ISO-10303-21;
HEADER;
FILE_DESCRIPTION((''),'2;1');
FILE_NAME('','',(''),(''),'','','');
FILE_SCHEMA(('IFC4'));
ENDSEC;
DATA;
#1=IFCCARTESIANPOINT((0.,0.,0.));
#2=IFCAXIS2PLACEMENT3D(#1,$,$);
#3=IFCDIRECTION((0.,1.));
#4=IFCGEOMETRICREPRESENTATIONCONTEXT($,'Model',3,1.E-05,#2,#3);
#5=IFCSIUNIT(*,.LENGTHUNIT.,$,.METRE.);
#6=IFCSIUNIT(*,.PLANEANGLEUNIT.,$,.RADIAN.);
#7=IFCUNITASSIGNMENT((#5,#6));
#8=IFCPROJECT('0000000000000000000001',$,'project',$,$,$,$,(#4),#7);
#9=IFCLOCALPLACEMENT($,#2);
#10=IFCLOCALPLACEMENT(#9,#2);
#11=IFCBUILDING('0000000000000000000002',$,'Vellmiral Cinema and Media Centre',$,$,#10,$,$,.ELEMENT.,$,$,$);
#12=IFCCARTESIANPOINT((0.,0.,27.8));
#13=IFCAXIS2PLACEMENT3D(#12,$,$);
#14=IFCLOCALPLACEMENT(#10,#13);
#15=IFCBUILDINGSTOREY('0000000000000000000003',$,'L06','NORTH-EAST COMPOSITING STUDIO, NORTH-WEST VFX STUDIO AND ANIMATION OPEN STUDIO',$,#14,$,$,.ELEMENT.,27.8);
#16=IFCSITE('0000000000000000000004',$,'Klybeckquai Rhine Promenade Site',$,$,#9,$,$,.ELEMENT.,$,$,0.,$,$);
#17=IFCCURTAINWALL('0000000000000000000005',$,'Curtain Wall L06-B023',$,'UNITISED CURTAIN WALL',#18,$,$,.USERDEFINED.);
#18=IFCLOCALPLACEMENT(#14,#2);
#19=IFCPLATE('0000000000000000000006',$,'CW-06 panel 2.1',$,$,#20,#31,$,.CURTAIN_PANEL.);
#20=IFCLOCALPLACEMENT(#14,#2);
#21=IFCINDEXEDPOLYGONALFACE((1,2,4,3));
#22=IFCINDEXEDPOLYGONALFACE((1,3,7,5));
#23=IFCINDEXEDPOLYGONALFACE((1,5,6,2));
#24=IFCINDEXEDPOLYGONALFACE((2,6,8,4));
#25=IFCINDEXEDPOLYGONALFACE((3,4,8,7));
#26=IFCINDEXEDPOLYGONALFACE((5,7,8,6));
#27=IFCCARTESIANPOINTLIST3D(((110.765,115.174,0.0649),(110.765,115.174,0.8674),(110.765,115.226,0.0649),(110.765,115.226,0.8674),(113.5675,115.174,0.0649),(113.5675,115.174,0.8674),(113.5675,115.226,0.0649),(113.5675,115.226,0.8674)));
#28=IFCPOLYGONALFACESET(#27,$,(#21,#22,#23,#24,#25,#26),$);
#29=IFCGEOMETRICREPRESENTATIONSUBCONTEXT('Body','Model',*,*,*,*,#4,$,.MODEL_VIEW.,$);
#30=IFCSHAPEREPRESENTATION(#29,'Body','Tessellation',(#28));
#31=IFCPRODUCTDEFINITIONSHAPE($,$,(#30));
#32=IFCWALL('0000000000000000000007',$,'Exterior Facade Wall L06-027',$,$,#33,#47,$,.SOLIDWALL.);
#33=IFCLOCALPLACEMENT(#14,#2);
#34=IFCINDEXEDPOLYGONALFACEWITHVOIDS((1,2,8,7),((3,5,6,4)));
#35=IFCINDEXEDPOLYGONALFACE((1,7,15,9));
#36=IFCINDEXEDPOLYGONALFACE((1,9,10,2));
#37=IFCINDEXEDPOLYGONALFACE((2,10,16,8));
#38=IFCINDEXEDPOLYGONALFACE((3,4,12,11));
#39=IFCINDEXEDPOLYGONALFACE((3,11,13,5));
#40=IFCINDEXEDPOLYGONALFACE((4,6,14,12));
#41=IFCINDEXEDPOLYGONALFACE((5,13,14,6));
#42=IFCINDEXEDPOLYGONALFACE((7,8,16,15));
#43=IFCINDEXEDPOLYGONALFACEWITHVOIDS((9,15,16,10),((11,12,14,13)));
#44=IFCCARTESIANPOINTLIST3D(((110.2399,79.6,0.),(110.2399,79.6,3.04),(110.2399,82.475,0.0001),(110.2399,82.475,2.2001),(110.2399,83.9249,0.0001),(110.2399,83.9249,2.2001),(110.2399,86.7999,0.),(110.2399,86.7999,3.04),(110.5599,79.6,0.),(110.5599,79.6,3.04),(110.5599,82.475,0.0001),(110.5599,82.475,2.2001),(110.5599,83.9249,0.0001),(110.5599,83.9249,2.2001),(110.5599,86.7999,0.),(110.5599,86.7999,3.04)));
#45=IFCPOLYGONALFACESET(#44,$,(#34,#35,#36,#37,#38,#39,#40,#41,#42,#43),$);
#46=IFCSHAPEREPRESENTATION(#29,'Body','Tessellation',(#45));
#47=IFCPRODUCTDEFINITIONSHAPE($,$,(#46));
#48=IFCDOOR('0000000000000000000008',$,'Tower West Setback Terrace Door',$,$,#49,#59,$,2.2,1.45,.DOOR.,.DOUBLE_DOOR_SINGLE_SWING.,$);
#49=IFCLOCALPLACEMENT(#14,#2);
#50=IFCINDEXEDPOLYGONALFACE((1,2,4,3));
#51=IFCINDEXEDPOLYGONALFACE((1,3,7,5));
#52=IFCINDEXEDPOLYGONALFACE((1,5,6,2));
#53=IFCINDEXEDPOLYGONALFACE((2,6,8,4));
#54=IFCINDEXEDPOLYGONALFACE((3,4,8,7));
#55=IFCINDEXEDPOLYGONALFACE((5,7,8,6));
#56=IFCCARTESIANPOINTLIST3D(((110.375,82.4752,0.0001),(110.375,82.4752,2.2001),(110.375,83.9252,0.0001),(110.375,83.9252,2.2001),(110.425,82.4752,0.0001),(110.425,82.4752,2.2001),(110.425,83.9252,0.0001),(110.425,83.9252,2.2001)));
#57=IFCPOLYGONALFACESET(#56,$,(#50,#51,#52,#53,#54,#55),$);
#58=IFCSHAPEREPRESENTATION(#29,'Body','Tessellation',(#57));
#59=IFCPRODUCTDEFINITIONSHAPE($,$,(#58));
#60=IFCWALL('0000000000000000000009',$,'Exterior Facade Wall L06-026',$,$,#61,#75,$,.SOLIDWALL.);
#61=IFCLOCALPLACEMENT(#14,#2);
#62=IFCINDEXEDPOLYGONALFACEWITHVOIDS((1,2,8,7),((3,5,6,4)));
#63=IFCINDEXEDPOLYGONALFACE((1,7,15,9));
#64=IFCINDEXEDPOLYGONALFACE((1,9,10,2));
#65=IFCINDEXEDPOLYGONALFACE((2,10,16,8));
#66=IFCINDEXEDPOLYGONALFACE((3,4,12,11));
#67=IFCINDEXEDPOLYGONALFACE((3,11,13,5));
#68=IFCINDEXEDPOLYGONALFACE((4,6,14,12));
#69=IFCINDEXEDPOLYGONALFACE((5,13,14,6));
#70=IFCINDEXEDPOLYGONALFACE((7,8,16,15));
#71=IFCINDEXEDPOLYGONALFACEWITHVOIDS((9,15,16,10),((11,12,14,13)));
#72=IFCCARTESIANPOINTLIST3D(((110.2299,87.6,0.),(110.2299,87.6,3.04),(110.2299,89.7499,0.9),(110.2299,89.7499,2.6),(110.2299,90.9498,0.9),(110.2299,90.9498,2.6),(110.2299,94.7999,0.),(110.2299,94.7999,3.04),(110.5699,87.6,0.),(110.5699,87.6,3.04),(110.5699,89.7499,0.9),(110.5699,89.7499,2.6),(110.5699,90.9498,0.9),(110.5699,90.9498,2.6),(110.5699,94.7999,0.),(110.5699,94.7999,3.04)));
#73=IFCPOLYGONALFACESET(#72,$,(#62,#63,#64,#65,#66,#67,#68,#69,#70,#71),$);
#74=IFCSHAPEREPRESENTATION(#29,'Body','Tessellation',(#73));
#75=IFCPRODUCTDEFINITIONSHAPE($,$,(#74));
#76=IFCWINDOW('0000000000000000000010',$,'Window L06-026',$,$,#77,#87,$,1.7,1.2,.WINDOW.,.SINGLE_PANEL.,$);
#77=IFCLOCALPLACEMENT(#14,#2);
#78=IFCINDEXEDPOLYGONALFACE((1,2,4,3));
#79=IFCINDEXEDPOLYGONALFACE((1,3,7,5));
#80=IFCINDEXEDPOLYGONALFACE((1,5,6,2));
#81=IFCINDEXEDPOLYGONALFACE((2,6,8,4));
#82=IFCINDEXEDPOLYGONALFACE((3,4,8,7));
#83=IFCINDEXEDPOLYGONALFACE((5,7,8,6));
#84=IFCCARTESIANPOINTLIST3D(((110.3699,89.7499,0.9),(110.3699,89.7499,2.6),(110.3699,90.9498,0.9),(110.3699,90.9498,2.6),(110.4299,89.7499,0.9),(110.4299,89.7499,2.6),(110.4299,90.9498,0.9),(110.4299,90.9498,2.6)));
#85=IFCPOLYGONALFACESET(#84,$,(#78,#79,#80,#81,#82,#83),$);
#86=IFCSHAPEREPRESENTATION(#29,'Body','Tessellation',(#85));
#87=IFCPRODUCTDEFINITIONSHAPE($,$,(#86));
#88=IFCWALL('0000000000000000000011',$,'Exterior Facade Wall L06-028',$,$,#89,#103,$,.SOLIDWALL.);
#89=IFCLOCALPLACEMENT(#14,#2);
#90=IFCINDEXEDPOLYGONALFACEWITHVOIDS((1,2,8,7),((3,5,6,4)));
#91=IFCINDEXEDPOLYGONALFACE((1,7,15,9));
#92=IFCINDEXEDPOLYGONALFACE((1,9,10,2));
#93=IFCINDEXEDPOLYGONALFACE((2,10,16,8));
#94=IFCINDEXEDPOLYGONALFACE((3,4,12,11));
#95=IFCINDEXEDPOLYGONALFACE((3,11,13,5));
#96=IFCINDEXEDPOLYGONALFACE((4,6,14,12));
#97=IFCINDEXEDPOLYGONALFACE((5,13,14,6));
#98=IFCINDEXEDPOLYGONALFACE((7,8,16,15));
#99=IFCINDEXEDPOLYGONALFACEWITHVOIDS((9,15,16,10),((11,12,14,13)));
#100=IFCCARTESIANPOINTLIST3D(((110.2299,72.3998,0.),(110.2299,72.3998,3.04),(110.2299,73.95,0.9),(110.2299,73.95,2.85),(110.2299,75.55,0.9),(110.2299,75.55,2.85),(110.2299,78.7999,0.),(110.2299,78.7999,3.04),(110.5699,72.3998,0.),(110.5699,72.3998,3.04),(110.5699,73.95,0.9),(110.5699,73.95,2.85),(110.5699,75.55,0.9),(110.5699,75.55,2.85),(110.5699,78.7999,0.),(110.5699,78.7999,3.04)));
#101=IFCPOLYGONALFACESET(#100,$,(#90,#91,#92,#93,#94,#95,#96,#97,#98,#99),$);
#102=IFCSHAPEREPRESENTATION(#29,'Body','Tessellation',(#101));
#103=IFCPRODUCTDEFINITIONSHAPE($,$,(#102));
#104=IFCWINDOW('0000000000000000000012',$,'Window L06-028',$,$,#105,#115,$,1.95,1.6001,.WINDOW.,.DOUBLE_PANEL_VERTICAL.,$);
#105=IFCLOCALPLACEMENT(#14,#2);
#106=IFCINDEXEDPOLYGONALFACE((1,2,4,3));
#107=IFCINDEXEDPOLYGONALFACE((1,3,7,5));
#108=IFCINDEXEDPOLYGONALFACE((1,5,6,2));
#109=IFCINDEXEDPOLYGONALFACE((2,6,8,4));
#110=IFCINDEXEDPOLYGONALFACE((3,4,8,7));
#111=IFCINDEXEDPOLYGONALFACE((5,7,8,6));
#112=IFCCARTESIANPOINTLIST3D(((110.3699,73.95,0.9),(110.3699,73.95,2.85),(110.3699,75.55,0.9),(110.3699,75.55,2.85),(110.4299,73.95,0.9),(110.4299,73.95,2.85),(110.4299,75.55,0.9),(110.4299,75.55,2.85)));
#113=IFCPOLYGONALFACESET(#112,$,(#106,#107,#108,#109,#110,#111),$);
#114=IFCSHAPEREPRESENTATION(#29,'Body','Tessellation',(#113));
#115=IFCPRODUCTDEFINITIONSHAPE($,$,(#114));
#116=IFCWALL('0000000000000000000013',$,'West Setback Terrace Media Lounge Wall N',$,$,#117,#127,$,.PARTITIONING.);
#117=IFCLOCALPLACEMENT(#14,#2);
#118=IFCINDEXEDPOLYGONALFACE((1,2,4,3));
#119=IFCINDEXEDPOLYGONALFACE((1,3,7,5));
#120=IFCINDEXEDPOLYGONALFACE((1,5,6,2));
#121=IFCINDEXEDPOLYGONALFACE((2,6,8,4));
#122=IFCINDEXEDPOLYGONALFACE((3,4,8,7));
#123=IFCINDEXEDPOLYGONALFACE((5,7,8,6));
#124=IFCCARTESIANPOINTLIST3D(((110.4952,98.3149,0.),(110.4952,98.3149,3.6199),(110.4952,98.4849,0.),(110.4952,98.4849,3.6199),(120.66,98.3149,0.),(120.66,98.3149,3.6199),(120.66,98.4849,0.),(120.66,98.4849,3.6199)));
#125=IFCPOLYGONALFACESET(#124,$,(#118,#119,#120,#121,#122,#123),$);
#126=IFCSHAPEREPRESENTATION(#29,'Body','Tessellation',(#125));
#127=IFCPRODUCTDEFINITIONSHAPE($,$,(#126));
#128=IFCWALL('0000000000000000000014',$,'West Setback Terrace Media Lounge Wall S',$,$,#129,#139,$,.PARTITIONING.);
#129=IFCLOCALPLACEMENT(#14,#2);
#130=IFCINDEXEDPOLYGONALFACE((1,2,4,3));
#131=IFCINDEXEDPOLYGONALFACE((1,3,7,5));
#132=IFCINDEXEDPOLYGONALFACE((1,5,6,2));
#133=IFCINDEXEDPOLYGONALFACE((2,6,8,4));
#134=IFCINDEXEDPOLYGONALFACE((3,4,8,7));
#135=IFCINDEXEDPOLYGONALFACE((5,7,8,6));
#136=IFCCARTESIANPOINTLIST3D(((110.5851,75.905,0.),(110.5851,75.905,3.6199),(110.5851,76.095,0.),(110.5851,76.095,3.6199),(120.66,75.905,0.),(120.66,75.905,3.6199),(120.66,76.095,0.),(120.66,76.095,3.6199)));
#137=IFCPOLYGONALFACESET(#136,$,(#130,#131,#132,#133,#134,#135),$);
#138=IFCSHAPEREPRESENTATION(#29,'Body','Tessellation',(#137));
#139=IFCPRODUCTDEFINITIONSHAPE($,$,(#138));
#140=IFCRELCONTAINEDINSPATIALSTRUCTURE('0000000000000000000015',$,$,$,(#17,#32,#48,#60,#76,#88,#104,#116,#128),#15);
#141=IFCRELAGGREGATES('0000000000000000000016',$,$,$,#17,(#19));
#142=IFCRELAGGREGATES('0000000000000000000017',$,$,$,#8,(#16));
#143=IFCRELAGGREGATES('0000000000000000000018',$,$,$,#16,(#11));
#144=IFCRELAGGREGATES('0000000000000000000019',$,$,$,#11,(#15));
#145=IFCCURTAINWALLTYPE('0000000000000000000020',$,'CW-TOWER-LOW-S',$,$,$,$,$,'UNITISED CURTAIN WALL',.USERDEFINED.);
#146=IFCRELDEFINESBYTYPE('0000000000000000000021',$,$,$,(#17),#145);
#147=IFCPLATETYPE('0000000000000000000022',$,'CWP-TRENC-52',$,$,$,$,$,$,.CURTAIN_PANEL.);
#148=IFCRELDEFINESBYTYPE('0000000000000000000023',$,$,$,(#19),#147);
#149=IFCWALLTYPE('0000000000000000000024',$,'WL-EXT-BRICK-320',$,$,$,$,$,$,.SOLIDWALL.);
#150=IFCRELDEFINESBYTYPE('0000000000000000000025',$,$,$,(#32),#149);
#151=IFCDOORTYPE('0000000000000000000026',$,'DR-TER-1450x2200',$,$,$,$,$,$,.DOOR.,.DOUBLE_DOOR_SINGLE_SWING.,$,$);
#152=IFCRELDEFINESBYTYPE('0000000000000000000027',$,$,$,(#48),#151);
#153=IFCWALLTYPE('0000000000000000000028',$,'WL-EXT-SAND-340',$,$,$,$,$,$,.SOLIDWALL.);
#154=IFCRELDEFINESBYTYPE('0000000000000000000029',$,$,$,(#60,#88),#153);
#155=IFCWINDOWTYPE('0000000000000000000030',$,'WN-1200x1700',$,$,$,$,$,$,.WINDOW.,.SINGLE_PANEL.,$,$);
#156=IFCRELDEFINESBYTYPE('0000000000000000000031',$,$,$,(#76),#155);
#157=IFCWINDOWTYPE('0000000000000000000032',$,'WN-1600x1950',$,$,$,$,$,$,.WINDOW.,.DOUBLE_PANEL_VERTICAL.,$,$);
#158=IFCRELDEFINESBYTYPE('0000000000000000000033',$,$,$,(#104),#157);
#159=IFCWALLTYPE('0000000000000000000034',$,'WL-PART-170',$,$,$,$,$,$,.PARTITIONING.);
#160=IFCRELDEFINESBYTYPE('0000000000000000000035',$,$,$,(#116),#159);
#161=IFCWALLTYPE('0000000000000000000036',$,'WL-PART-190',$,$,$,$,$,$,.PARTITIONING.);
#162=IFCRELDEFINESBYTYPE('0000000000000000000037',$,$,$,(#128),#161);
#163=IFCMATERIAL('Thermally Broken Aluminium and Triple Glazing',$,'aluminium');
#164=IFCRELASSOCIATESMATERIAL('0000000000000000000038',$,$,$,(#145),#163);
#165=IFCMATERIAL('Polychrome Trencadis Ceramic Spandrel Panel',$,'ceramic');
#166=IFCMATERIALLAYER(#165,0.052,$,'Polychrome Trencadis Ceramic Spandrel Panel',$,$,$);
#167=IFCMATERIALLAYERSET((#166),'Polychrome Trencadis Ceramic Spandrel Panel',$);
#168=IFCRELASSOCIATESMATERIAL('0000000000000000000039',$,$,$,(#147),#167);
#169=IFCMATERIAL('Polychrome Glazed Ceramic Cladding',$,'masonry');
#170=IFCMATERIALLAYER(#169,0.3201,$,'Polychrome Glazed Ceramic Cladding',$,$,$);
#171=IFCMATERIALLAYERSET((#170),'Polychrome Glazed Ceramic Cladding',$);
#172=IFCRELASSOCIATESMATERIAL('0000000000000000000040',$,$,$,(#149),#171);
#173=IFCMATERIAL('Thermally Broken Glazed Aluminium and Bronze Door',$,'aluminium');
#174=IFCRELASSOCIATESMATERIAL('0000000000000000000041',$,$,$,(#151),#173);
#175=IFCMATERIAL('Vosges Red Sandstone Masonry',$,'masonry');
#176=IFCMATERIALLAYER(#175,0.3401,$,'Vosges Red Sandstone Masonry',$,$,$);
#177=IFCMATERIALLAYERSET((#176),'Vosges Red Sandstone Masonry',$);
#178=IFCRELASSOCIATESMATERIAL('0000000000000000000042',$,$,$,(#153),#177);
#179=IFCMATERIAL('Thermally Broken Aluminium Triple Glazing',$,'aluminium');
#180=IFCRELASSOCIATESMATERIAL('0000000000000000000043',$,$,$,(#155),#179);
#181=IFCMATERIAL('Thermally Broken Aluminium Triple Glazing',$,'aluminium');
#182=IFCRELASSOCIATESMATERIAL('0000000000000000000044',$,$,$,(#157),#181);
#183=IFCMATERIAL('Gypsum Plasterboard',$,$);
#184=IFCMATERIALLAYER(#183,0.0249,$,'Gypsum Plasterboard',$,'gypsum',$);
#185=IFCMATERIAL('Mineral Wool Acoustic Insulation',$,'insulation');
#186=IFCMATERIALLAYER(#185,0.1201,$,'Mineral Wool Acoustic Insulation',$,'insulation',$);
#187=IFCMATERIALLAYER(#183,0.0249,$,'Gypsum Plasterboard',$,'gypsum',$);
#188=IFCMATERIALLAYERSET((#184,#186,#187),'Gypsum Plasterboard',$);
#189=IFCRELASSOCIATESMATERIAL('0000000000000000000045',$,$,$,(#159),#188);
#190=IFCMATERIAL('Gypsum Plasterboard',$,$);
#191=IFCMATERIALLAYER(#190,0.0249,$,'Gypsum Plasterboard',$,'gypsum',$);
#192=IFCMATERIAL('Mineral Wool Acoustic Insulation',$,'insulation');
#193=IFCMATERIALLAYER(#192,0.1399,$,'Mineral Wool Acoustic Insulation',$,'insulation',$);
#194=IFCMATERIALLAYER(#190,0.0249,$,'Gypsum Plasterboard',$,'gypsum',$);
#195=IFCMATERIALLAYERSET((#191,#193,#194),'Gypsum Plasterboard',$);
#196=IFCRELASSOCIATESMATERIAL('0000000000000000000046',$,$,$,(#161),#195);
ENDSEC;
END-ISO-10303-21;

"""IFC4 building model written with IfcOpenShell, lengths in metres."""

from ifc_helpers import new_model, si_unit, direction, frame, frame_2d, origin, origin_2d, place, context, subcontext, project, spatial, rectangle, extrude, material, layer, layer_set, type_object, element, fill, aggregate, save


model = new_model("IFC4")

# Units and contexts
model_context = context("Model", 3, precision=1e-05, world=origin(), true_north=direction((0.0, 1.0)))
body_context = subcontext(model_context, "Body", "Model", "MODEL_VIEW")
ifc_project = project(units=[si_unit("LENGTHUNIT", "METRE"), si_unit("PLANEANGLEUNIT", "RADIAN")], contexts=[model_context])

# Site, building, storey
site_placement = place(None, origin())
site = spatial("IfcSite", under=ifc_project, at=site_placement, Name="Klybeckquai Rhine Promenade Site", CompositionType="ELEMENT", RefElevation=0.0)
building_placement = place(site_placement, origin())
building = spatial("IfcBuilding", under=site, at=building_placement, Name="Vellmiral Cinema and Media Centre", CompositionType="ELEMENT")
storey_placement = place(building_placement, frame((0.0, 0.0, 27.8)))
storey = spatial("IfcBuildingStorey", under=building, at=storey_placement, Name="L06", Description="NORTH-EAST COMPOSITING STUDIO, NORTH-WEST VFX STUDIO AND ANIMATION OPEN STUDIO", CompositionType="ELEMENT", Elevation=27.8)

# Curtain wall
ifc_material_1 = material(Name="Thermally Broken Aluminium and Triple Glazing", Category="aluminium")
curtain_wall_type = type_object("IfcCurtainWallType", Name="CW-TOWER-LOW-S", ElementType="UNITISED CURTAIN WALL", PredefinedType="USERDEFINED", material=ifc_material_1)
curtain_wall_placement = place(storey_placement, origin())
curtain_wall = element("IfcCurtainWall", 1, at=curtain_wall_placement, inside=storey, type_object=curtain_wall_type, Name="Curtain Wall L06-B023", ObjectType="UNITISED CURTAIN WALL", PredefinedType="USERDEFINED")

# Plate
ifc_material_2 = material(Name="Polychrome Trencadis Ceramic Spandrel Panel", Category="ceramic")
ifc_layer_1 = layer(ifc_material_2, 0.052, Name="Polychrome Trencadis Ceramic Spandrel Panel")
ifc_layer_set_1 = layer_set([ifc_layer_1], Name="Polychrome Trencadis Ceramic Spandrel Panel")
plate_type_1 = type_object("IfcPlateType", Name="CWP-TRENC-52", PredefinedType="CURTAIN_PANEL", material=ifc_layer_set_1)
plate_1_placement = place(storey_placement, frame((112.1663, 115.2, 0.0649), z_axis=(0.0, 0.0, 1.0), x_axis=(-1.0, 0.0, 0.0)))
plate_1 = element("IfcPlate", 2, at=plate_1_placement, type_object=plate_type_1, Name="CW-06 panel 2.1", PredefinedType="CURTAIN_PANEL", context=body_context, shape_type="SweptSolid", body=[
    extrude(rectangle(XDim=2.8025, YDim=0.052, at=origin_2d()), origin(), (0.0, 0.0, 1.0), 0.8025),
])
aggregate(curtain_wall, [plate_1])

# Wall, opening, door
ifc_material_3 = material(Name="Polychrome Glazed Ceramic Cladding", Category="masonry")
ifc_layer_2 = layer(ifc_material_3, 0.3201, Name="Polychrome Glazed Ceramic Cladding")
ifc_layer_set_2 = layer_set([ifc_layer_2], Name="Polychrome Glazed Ceramic Cladding")
wall_type_1 = type_object("IfcWallType", Name="WL-EXT-BRICK-320", PredefinedType="SOLIDWALL", material=ifc_layer_set_2)
wall_1_placement = place(storey_placement, frame((110.3999, 86.8, 0.0), z_axis=(0.0, 0.0, 1.0), x_axis=(0.0, -1.0, 0.0)))
wall_1 = element("IfcWall", 3, at=wall_1_placement, inside=storey, type_object=wall_type_1, Name="Exterior Facade Wall L06-027", PredefinedType="SOLIDWALL", context=body_context, shape_type="SweptSolid", body=[
    extrude(rectangle(XDim=7.2, YDim=0.3201, at=frame_2d((3.6001, 0.0))), origin(), (0.0, 0.0, 1.0), 3.04),
])
opening_1_placement = place(wall_1_placement, frame((2.875, 0.0, 0.0)))
opening_1 = element("IfcOpeningElement", 4, at=opening_1_placement, cuts=wall_1, PredefinedType="OPENING", context=body_context, shape_type="SweptSolid", body=[
    extrude(rectangle(XDim=1.45, YDim=2.2, at=frame_2d((0.7251, 1.1001))), frame((0.0, 0.1719, 0.0), z_axis=(0.0, -1.0, 0.0), x_axis=(1.0, 0.0, 0.0)), (0.0, 0.0, 1.0), 0.344),
])
ifc_material_4 = material(Name="Thermally Broken Glazed Aluminium and Bronze Door", Category="aluminium")
door_type = type_object("IfcDoorType", Name="DR-TER-1450x2200", OperationType="DOUBLE_DOOR_SINGLE_SWING", PredefinedType="DOOR", material=ifc_material_4)
door_placement = place(opening_1_placement, frame((1.45, 0.0, 0.0), z_axis=(0.0, 0.0, 1.0), x_axis=(-1.0, 0.0, 0.0)))
door = element("IfcDoor", 5, at=door_placement, inside=storey, type_object=door_type, Name="Tower West Setback Terrace Door", OperationType="DOUBLE_DOOR_SINGLE_SWING", OverallHeight=2.2, OverallWidth=1.45, PredefinedType="DOOR", context=body_context, shape_type="SweptSolid", body=[
    extrude(rectangle(XDim=1.45, YDim=2.2, at=frame_2d((0.7251, 1.1001))), frame((0.0, 0.0249, 0.0), z_axis=(0.0, -1.0, 0.0), x_axis=(1.0, 0.0, 0.0)), (0.0, 0.0, 1.0), 0.05),
])
fill(opening_1, door)

# Walls, openings, windows
ifc_material_5 = material(Name="Vosges Red Sandstone Masonry", Category="masonry")
ifc_layer_3 = layer(ifc_material_5, 0.3401, Name="Vosges Red Sandstone Masonry")
ifc_layer_set_3 = layer_set([ifc_layer_3], Name="Vosges Red Sandstone Masonry")
wall_type_2 = type_object("IfcWallType", Name="WL-EXT-SAND-340", PredefinedType="SOLIDWALL", material=ifc_layer_set_3)
wall_2_placement = place(storey_placement, frame((110.3999, 94.8, 0.0), z_axis=(0.0, 0.0, 1.0), x_axis=(0.0, -1.0, 0.0)))
wall_2 = element("IfcWall", 6, at=wall_2_placement, inside=storey, type_object=wall_type_2, Name="Exterior Facade Wall L06-026", PredefinedType="SOLIDWALL", context=body_context, shape_type="SweptSolid", body=[
    extrude(rectangle(XDim=7.2, YDim=0.3401, at=frame_2d((3.6001, 0.0))), origin(), (0.0, 0.0, 1.0), 3.04),
])
opening_2_placement = place(wall_2_placement, frame((3.8501, 0.0, 0.8999)))
opening_2 = element("IfcOpeningElement", 7, at=opening_2_placement, cuts=wall_2, PredefinedType="OPENING", context=body_context, shape_type="SweptSolid", body=[
    extrude(rectangle(XDim=1.2, YDim=1.7, at=frame_2d((0.6001, 0.8501))), frame((0.0, 0.1821, 0.0), z_axis=(0.0, -1.0, 0.0), x_axis=(1.0, 0.0, 0.0)), (0.0, 0.0, 1.0), 0.364),
])
ifc_material_6 = material(Name="Thermally Broken Aluminium Triple Glazing", Category="aluminium")
window_type_1 = type_object("IfcWindowType", Name="WN-1200x1700", PartitioningType="SINGLE_PANEL", PredefinedType="WINDOW", material=ifc_material_6)
window_1_placement = place(opening_2_placement, origin())
window_1 = element("IfcWindow", 8, at=window_1_placement, inside=storey, type_object=window_type_1, Name="Window L06-026", OverallHeight=1.7, OverallWidth=1.2, PartitioningType="SINGLE_PANEL", PredefinedType="WINDOW", context=body_context, shape_type="SweptSolid", body=[
    extrude(rectangle(XDim=1.2, YDim=1.7, at=frame_2d((0.6001, 0.8501))), frame((0.0, 0.03, 0.0), z_axis=(0.0, -1.0, 0.0), x_axis=(1.0, 0.0, 0.0)), (0.0, 0.0, 1.0), 0.0601),
])
fill(opening_2, window_1)
wall_3_placement = place(storey_placement, frame((110.3999, 78.8, 0.0), z_axis=(0.0, 0.0, 1.0), x_axis=(0.0, -1.0, 0.0)))
wall_3 = element("IfcWall", 9, at=wall_3_placement, inside=storey, type_object=wall_type_2, Name="Exterior Facade Wall L06-028", PredefinedType="SOLIDWALL", context=body_context, shape_type="SweptSolid", body=[
    extrude(rectangle(XDim=6.4001, YDim=0.3401, at=frame_2d((3.2002, 0.0))), origin(), (0.0, 0.0, 1.0), 3.04),
])
opening_3_placement = place(wall_3_placement, frame((3.25, 0.0, 0.8999)))
opening_3 = element("IfcOpeningElement", 10, at=opening_3_placement, cuts=wall_3, PredefinedType="OPENING", context=body_context, shape_type="SweptSolid", body=[
    extrude(rectangle(XDim=1.6001, YDim=1.95, at=frame_2d((0.8, 0.9751))), frame((0.0, 0.1821, 0.0), z_axis=(0.0, -1.0, 0.0), x_axis=(1.0, 0.0, 0.0)), (0.0, 0.0, 1.0), 0.364),
])
ifc_material_7 = material(Name="Thermally Broken Aluminium Triple Glazing", Category="aluminium")
window_type_2 = type_object("IfcWindowType", Name="WN-1600x1950", PartitioningType="DOUBLE_PANEL_VERTICAL", PredefinedType="WINDOW", material=ifc_material_7)
window_2_placement = place(opening_3_placement, origin())
window_2 = element("IfcWindow", 11, at=window_2_placement, inside=storey, type_object=window_type_2, Name="Window L06-028", OverallHeight=1.95, OverallWidth=1.6001, PartitioningType="DOUBLE_PANEL_VERTICAL", PredefinedType="WINDOW", context=body_context, shape_type="SweptSolid", body=[
    extrude(rectangle(XDim=1.6001, YDim=1.95, at=frame_2d((0.8, 0.9751))), frame((0.0, 0.03, 0.0), z_axis=(0.0, -1.0, 0.0), x_axis=(1.0, 0.0, 0.0)), (0.0, 0.0, 1.0), 0.0601),
])
fill(opening_3, window_2)

# Walls
ifc_material_8 = material(Name="Gypsum Plasterboard")
ifc_layer_4 = layer(ifc_material_8, 0.0249, Name="Gypsum Plasterboard", Category="gypsum")
ifc_material_9 = material(Name="Mineral Wool Acoustic Insulation", Category="insulation")
ifc_layer_5 = layer(ifc_material_9, 0.1201, Name="Mineral Wool Acoustic Insulation", Category="insulation")
ifc_layer_6 = layer(ifc_material_8, 0.0249, Name="Gypsum Plasterboard", Category="gypsum")
ifc_layer_set_4 = layer_set([ifc_layer_4, ifc_layer_5, ifc_layer_6], Name="Gypsum Plasterboard")
wall_type_3 = type_object("IfcWallType", Name="WL-PART-170", PredefinedType="PARTITIONING", material=ifc_layer_set_4)
wall_4_placement = place(storey_placement, frame((110.4951, 98.3999, 0.0), z_axis=(0.0, 0.0, 1.0), x_axis=(1.0, 0.0, 0.0)))
element("IfcWall", 12, at=wall_4_placement, inside=storey, type_object=wall_type_3, Name="West Setback Terrace Media Lounge Wall N", PredefinedType="PARTITIONING", context=body_context, shape_type="SweptSolid", body=[
    extrude(rectangle(XDim=10.1648, YDim=0.1699, at=frame_2d((5.0825, 0.0))), origin(), (0.0, 0.0, 1.0), 3.6199),
])
ifc_material_10 = material(Name="Gypsum Plasterboard")
ifc_layer_7 = layer(ifc_material_10, 0.0249, Name="Gypsum Plasterboard", Category="gypsum")
ifc_material_11 = material(Name="Mineral Wool Acoustic Insulation", Category="insulation")
ifc_layer_8 = layer(ifc_material_11, 0.1399, Name="Mineral Wool Acoustic Insulation", Category="insulation")
ifc_layer_9 = layer(ifc_material_10, 0.0249, Name="Gypsum Plasterboard", Category="gypsum")
ifc_layer_set_5 = layer_set([ifc_layer_7, ifc_layer_8, ifc_layer_9], Name="Gypsum Plasterboard")
wall_type_4 = type_object("IfcWallType", Name="WL-PART-190", PredefinedType="PARTITIONING", material=ifc_layer_set_5)
wall_5_placement = place(storey_placement, frame((110.585, 76.0, 0.0), z_axis=(0.0, 0.0, 1.0), x_axis=(1.0, 0.0, 0.0)))
element("IfcWall", 13, at=wall_5_placement, inside=storey, type_object=wall_type_4, Name="West Setback Terrace Media Lounge Wall S", PredefinedType="PARTITIONING", context=body_context, shape_type="SweptSolid", body=[
    extrude(rectangle(XDim=10.075, YDim=0.1899, at=frame_2d((5.0376, 0.0))), origin(), (0.0, 0.0, 1.0), 3.6199),
])

save(model, "model.ifc")
